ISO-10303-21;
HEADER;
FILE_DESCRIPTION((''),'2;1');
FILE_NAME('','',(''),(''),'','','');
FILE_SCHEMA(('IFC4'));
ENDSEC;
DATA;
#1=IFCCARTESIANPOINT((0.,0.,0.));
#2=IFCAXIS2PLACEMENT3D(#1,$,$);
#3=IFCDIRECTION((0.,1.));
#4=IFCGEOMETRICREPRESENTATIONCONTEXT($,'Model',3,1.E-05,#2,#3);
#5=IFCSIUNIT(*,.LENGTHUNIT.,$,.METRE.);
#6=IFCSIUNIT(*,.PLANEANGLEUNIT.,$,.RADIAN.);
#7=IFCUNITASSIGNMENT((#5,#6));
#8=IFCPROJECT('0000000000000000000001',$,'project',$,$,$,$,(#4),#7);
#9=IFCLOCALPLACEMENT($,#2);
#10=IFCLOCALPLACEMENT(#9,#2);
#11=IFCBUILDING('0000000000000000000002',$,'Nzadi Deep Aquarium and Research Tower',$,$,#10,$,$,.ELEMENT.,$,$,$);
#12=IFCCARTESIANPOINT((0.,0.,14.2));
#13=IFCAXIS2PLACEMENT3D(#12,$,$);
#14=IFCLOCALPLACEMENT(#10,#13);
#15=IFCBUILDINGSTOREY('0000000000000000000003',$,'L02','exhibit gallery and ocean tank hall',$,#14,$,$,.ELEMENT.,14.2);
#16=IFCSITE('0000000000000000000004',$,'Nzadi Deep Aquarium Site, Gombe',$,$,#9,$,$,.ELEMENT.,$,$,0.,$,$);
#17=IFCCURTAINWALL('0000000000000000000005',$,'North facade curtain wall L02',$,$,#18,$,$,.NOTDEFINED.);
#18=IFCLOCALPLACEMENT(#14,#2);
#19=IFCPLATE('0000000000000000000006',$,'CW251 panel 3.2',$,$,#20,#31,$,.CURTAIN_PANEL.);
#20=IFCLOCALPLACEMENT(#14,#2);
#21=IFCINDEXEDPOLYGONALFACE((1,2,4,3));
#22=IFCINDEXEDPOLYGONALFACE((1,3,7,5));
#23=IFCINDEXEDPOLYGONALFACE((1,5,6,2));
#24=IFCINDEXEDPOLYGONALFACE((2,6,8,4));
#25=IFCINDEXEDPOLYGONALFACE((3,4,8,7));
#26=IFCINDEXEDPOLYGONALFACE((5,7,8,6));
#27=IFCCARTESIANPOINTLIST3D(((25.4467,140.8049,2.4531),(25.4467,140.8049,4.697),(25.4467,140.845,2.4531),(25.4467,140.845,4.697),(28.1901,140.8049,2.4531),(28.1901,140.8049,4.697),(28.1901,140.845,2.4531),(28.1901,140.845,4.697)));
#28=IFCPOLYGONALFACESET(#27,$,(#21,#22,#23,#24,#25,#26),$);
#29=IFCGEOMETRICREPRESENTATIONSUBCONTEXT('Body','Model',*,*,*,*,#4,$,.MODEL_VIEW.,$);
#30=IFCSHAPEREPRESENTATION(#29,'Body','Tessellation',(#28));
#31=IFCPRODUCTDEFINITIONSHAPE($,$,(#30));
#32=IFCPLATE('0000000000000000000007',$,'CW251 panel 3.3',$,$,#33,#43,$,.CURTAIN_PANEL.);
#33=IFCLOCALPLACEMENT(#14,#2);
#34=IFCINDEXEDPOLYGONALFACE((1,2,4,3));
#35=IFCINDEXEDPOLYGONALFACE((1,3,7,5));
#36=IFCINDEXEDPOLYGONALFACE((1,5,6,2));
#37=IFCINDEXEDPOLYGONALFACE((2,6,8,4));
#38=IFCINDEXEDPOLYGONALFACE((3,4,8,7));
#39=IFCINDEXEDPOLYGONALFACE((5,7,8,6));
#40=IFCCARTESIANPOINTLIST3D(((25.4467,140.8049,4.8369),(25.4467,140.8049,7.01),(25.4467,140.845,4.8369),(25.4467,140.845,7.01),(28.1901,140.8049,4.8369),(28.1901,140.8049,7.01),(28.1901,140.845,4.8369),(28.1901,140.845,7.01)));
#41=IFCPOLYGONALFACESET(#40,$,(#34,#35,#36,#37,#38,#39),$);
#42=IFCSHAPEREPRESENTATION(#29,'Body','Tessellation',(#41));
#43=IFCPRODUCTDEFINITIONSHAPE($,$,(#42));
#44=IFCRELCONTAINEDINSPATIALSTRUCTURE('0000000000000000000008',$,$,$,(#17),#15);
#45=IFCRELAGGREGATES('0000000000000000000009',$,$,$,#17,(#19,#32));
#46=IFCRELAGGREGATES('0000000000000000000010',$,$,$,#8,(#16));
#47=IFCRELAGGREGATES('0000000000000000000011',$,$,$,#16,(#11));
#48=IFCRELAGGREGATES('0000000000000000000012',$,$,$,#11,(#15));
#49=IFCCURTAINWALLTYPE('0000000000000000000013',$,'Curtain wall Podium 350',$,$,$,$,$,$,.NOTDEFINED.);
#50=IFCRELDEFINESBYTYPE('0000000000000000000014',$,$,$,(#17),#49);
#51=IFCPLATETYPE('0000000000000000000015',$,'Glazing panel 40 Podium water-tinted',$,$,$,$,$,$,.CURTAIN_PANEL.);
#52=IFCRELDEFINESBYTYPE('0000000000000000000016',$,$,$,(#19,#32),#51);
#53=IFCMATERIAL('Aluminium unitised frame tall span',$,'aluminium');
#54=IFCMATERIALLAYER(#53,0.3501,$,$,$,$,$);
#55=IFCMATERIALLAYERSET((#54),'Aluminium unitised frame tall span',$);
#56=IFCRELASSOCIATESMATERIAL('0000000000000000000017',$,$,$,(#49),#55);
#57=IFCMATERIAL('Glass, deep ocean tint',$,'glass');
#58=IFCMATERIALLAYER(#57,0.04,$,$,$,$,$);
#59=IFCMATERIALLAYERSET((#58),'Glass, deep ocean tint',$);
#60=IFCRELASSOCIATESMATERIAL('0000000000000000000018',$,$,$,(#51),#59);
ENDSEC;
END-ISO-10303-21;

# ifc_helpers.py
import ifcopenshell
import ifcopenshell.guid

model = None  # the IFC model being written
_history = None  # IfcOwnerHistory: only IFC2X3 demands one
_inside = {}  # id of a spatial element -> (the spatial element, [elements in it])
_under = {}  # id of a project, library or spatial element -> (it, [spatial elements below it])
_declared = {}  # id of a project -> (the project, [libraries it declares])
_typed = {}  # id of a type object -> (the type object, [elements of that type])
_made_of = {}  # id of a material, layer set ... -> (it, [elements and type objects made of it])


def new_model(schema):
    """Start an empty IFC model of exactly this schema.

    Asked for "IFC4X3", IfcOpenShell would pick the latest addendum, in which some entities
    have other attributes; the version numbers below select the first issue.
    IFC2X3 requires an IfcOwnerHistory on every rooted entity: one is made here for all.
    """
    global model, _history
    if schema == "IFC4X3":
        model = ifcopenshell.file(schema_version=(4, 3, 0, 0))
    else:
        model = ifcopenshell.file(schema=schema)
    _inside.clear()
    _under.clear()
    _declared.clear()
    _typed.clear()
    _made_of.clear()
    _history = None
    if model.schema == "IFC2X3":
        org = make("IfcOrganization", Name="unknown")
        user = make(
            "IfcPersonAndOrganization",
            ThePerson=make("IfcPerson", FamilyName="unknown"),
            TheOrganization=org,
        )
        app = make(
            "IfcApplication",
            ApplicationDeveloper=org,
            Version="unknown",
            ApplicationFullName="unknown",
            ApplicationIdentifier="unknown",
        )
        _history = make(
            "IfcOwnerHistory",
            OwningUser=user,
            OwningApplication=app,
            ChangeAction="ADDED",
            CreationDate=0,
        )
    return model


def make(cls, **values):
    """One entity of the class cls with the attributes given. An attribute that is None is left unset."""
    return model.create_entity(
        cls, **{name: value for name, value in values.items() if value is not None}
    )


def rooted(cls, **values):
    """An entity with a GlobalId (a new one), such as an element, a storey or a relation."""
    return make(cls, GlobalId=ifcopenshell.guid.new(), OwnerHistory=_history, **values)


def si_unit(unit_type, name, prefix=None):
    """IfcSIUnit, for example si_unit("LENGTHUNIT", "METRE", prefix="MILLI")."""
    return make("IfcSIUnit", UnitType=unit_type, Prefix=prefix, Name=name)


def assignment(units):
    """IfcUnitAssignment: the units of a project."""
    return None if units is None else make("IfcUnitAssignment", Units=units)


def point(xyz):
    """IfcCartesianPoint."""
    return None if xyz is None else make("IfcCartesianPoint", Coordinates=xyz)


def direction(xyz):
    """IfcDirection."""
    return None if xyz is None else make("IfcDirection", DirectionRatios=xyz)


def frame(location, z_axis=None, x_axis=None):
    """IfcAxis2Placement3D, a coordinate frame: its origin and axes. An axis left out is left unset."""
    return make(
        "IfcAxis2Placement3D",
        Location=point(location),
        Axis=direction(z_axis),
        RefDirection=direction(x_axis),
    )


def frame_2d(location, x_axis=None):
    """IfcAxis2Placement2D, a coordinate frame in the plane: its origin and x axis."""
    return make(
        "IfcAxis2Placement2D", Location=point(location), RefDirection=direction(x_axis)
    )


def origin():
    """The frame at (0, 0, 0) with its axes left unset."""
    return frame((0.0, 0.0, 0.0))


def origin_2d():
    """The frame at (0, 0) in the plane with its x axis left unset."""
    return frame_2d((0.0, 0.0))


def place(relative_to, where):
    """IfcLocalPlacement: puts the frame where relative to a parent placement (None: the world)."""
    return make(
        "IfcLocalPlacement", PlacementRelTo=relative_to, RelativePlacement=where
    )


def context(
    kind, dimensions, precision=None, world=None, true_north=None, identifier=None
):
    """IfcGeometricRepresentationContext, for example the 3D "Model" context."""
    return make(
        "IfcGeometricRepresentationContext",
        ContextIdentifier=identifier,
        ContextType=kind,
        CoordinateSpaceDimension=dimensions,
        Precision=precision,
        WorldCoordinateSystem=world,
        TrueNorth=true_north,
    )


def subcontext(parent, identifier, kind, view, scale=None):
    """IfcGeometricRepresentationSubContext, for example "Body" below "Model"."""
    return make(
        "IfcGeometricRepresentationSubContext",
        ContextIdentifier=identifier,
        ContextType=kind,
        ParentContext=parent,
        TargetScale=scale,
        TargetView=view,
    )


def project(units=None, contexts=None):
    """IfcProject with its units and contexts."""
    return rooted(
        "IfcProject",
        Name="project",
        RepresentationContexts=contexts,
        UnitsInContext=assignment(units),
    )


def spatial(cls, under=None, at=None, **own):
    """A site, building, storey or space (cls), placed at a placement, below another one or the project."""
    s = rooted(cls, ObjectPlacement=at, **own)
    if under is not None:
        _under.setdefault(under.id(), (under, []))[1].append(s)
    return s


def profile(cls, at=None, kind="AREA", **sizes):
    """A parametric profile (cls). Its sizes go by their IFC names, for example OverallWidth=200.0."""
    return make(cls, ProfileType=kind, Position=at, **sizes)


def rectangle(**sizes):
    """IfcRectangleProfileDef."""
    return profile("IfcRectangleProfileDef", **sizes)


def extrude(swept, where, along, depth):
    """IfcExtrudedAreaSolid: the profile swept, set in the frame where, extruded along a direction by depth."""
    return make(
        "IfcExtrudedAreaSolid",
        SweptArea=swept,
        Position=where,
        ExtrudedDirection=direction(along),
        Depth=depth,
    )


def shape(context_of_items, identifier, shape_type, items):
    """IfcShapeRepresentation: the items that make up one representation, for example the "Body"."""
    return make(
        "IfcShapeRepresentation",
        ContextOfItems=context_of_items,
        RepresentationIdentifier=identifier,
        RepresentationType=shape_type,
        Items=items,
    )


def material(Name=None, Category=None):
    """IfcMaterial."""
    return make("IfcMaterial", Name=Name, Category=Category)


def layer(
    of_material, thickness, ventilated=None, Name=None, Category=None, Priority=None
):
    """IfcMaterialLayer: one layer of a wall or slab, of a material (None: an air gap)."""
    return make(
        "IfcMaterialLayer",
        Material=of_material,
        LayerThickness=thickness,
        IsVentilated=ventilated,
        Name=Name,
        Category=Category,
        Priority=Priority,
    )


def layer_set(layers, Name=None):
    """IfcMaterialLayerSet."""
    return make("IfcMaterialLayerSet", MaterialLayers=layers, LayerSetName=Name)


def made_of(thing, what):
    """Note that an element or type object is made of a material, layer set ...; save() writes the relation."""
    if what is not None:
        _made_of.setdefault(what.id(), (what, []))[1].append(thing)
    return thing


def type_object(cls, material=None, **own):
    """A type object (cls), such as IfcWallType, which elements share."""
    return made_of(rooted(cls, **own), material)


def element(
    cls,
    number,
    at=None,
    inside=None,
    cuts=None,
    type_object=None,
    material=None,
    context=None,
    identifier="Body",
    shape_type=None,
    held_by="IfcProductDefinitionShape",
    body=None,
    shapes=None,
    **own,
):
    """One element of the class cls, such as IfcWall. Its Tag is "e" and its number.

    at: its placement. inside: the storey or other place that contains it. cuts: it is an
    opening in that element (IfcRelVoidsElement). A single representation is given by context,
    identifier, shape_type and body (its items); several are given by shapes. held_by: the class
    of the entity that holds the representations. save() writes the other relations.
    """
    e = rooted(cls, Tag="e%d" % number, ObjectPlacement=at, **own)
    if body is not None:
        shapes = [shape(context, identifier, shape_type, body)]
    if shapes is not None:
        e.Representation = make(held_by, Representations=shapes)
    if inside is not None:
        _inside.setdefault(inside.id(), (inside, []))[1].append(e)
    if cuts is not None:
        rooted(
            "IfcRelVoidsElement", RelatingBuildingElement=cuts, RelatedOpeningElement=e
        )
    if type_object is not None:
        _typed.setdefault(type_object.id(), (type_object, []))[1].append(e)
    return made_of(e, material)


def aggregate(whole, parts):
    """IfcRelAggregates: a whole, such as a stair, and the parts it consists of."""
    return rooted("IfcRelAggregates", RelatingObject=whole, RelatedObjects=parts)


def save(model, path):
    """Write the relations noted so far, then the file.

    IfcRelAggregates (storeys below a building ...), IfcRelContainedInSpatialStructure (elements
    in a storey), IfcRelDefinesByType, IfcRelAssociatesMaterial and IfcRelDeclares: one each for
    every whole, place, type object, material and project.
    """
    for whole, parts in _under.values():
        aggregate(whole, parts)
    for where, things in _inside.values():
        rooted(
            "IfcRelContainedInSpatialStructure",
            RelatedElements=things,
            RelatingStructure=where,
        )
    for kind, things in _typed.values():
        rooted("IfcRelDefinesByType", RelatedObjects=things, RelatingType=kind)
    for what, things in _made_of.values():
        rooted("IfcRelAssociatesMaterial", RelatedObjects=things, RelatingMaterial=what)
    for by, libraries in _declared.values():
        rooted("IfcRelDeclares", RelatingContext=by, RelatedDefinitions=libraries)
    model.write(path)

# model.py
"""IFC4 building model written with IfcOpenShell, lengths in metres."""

from ifc_helpers import new_model, si_unit, direction, frame, origin, origin_2d, place, context, subcontext, project, spatial, rectangle, extrude, material, layer, layer_set, type_object, element, aggregate, save


model = new_model("IFC4")

# Units and contexts
model_context = context("Model", 3, precision=1e-05, world=origin(), true_north=direction((0.0, 1.0)))
body_context = subcontext(model_context, "Body", "Model", "MODEL_VIEW")
ifc_project = project(units=[si_unit("LENGTHUNIT", "METRE"), si_unit("PLANEANGLEUNIT", "RADIAN")], contexts=[model_context])

# Site, building, storey
site_placement = place(None, origin())
site = spatial("IfcSite", under=ifc_project, at=site_placement, Name="Nzadi Deep Aquarium Site, Gombe", CompositionType="ELEMENT", RefElevation=0.0)
building_placement = place(site_placement, origin())
building = spatial("IfcBuilding", under=site, at=building_placement, Name="Nzadi Deep Aquarium and Research Tower", CompositionType="ELEMENT")
storey_placement = place(building_placement, frame((0.0, 0.0, 14.2)))
storey = spatial("IfcBuildingStorey", under=building, at=storey_placement, Name="L02", Description="exhibit gallery and ocean tank hall", CompositionType="ELEMENT", Elevation=14.2)

# Curtain wall
ifc_material_1 = material(Name="Aluminium unitised frame tall span", Category="aluminium")
ifc_layer_1 = layer(ifc_material_1, 0.3501)
ifc_layer_set_1 = layer_set([ifc_layer_1], Name="Aluminium unitised frame tall span")
curtain_wall_type = type_object("IfcCurtainWallType", Name="Curtain wall Podium 350", PredefinedType="NOTDEFINED", material=ifc_layer_set_1)
curtain_wall_placement = place(storey_placement, origin())
curtain_wall = element("IfcCurtainWall", 1, at=curtain_wall_placement, inside=storey, type_object=curtain_wall_type, Name="North facade curtain wall L02", PredefinedType="NOTDEFINED")

# Plates
ifc_material_2 = material(Name="Glass, deep ocean tint", Category="glass")
ifc_layer_2 = layer(ifc_material_2, 0.04)
ifc_layer_set_2 = layer_set([ifc_layer_2], Name="Glass, deep ocean tint")
plate_type = type_object("IfcPlateType", Name="Glazing panel 40 Podium water-tinted", PredefinedType="CURTAIN_PANEL", material=ifc_layer_set_2)
plate_1_placement = place(storey_placement, frame((26.8184, 140.825, 2.4531), z_axis=(0.0, 0.0, 1.0), x_axis=(1.0, 0.0, 0.0)))
plate_1 = element("IfcPlate", 2, at=plate_1_placement, type_object=plate_type, Name="CW251 panel 3.2", PredefinedType="CURTAIN_PANEL", context=body_context, shape_type="SweptSolid", body=[
    extrude(rectangle(XDim=2.7434, YDim=0.04, at=origin_2d()), origin(), (0.0, 0.0, 1.0), 2.2439),
])
plate_2_placement = place(storey_placement, frame((26.8184, 140.825, 4.8369), z_axis=(0.0, 0.0, 1.0), x_axis=(1.0, 0.0, 0.0)))
plate_2 = element("IfcPlate", 3, at=plate_2_placement, type_object=plate_type, Name="CW251 panel 3.3", PredefinedType="CURTAIN_PANEL", context=body_context, shape_type="SweptSolid", body=[
    extrude(rectangle(XDim=2.7434, YDim=0.04, at=origin_2d()), origin(), (0.0, 0.0, 1.0), 2.1731),
])
aggregate(curtain_wall, [plate_1, plate_2])

save(model, "model.ifc")
